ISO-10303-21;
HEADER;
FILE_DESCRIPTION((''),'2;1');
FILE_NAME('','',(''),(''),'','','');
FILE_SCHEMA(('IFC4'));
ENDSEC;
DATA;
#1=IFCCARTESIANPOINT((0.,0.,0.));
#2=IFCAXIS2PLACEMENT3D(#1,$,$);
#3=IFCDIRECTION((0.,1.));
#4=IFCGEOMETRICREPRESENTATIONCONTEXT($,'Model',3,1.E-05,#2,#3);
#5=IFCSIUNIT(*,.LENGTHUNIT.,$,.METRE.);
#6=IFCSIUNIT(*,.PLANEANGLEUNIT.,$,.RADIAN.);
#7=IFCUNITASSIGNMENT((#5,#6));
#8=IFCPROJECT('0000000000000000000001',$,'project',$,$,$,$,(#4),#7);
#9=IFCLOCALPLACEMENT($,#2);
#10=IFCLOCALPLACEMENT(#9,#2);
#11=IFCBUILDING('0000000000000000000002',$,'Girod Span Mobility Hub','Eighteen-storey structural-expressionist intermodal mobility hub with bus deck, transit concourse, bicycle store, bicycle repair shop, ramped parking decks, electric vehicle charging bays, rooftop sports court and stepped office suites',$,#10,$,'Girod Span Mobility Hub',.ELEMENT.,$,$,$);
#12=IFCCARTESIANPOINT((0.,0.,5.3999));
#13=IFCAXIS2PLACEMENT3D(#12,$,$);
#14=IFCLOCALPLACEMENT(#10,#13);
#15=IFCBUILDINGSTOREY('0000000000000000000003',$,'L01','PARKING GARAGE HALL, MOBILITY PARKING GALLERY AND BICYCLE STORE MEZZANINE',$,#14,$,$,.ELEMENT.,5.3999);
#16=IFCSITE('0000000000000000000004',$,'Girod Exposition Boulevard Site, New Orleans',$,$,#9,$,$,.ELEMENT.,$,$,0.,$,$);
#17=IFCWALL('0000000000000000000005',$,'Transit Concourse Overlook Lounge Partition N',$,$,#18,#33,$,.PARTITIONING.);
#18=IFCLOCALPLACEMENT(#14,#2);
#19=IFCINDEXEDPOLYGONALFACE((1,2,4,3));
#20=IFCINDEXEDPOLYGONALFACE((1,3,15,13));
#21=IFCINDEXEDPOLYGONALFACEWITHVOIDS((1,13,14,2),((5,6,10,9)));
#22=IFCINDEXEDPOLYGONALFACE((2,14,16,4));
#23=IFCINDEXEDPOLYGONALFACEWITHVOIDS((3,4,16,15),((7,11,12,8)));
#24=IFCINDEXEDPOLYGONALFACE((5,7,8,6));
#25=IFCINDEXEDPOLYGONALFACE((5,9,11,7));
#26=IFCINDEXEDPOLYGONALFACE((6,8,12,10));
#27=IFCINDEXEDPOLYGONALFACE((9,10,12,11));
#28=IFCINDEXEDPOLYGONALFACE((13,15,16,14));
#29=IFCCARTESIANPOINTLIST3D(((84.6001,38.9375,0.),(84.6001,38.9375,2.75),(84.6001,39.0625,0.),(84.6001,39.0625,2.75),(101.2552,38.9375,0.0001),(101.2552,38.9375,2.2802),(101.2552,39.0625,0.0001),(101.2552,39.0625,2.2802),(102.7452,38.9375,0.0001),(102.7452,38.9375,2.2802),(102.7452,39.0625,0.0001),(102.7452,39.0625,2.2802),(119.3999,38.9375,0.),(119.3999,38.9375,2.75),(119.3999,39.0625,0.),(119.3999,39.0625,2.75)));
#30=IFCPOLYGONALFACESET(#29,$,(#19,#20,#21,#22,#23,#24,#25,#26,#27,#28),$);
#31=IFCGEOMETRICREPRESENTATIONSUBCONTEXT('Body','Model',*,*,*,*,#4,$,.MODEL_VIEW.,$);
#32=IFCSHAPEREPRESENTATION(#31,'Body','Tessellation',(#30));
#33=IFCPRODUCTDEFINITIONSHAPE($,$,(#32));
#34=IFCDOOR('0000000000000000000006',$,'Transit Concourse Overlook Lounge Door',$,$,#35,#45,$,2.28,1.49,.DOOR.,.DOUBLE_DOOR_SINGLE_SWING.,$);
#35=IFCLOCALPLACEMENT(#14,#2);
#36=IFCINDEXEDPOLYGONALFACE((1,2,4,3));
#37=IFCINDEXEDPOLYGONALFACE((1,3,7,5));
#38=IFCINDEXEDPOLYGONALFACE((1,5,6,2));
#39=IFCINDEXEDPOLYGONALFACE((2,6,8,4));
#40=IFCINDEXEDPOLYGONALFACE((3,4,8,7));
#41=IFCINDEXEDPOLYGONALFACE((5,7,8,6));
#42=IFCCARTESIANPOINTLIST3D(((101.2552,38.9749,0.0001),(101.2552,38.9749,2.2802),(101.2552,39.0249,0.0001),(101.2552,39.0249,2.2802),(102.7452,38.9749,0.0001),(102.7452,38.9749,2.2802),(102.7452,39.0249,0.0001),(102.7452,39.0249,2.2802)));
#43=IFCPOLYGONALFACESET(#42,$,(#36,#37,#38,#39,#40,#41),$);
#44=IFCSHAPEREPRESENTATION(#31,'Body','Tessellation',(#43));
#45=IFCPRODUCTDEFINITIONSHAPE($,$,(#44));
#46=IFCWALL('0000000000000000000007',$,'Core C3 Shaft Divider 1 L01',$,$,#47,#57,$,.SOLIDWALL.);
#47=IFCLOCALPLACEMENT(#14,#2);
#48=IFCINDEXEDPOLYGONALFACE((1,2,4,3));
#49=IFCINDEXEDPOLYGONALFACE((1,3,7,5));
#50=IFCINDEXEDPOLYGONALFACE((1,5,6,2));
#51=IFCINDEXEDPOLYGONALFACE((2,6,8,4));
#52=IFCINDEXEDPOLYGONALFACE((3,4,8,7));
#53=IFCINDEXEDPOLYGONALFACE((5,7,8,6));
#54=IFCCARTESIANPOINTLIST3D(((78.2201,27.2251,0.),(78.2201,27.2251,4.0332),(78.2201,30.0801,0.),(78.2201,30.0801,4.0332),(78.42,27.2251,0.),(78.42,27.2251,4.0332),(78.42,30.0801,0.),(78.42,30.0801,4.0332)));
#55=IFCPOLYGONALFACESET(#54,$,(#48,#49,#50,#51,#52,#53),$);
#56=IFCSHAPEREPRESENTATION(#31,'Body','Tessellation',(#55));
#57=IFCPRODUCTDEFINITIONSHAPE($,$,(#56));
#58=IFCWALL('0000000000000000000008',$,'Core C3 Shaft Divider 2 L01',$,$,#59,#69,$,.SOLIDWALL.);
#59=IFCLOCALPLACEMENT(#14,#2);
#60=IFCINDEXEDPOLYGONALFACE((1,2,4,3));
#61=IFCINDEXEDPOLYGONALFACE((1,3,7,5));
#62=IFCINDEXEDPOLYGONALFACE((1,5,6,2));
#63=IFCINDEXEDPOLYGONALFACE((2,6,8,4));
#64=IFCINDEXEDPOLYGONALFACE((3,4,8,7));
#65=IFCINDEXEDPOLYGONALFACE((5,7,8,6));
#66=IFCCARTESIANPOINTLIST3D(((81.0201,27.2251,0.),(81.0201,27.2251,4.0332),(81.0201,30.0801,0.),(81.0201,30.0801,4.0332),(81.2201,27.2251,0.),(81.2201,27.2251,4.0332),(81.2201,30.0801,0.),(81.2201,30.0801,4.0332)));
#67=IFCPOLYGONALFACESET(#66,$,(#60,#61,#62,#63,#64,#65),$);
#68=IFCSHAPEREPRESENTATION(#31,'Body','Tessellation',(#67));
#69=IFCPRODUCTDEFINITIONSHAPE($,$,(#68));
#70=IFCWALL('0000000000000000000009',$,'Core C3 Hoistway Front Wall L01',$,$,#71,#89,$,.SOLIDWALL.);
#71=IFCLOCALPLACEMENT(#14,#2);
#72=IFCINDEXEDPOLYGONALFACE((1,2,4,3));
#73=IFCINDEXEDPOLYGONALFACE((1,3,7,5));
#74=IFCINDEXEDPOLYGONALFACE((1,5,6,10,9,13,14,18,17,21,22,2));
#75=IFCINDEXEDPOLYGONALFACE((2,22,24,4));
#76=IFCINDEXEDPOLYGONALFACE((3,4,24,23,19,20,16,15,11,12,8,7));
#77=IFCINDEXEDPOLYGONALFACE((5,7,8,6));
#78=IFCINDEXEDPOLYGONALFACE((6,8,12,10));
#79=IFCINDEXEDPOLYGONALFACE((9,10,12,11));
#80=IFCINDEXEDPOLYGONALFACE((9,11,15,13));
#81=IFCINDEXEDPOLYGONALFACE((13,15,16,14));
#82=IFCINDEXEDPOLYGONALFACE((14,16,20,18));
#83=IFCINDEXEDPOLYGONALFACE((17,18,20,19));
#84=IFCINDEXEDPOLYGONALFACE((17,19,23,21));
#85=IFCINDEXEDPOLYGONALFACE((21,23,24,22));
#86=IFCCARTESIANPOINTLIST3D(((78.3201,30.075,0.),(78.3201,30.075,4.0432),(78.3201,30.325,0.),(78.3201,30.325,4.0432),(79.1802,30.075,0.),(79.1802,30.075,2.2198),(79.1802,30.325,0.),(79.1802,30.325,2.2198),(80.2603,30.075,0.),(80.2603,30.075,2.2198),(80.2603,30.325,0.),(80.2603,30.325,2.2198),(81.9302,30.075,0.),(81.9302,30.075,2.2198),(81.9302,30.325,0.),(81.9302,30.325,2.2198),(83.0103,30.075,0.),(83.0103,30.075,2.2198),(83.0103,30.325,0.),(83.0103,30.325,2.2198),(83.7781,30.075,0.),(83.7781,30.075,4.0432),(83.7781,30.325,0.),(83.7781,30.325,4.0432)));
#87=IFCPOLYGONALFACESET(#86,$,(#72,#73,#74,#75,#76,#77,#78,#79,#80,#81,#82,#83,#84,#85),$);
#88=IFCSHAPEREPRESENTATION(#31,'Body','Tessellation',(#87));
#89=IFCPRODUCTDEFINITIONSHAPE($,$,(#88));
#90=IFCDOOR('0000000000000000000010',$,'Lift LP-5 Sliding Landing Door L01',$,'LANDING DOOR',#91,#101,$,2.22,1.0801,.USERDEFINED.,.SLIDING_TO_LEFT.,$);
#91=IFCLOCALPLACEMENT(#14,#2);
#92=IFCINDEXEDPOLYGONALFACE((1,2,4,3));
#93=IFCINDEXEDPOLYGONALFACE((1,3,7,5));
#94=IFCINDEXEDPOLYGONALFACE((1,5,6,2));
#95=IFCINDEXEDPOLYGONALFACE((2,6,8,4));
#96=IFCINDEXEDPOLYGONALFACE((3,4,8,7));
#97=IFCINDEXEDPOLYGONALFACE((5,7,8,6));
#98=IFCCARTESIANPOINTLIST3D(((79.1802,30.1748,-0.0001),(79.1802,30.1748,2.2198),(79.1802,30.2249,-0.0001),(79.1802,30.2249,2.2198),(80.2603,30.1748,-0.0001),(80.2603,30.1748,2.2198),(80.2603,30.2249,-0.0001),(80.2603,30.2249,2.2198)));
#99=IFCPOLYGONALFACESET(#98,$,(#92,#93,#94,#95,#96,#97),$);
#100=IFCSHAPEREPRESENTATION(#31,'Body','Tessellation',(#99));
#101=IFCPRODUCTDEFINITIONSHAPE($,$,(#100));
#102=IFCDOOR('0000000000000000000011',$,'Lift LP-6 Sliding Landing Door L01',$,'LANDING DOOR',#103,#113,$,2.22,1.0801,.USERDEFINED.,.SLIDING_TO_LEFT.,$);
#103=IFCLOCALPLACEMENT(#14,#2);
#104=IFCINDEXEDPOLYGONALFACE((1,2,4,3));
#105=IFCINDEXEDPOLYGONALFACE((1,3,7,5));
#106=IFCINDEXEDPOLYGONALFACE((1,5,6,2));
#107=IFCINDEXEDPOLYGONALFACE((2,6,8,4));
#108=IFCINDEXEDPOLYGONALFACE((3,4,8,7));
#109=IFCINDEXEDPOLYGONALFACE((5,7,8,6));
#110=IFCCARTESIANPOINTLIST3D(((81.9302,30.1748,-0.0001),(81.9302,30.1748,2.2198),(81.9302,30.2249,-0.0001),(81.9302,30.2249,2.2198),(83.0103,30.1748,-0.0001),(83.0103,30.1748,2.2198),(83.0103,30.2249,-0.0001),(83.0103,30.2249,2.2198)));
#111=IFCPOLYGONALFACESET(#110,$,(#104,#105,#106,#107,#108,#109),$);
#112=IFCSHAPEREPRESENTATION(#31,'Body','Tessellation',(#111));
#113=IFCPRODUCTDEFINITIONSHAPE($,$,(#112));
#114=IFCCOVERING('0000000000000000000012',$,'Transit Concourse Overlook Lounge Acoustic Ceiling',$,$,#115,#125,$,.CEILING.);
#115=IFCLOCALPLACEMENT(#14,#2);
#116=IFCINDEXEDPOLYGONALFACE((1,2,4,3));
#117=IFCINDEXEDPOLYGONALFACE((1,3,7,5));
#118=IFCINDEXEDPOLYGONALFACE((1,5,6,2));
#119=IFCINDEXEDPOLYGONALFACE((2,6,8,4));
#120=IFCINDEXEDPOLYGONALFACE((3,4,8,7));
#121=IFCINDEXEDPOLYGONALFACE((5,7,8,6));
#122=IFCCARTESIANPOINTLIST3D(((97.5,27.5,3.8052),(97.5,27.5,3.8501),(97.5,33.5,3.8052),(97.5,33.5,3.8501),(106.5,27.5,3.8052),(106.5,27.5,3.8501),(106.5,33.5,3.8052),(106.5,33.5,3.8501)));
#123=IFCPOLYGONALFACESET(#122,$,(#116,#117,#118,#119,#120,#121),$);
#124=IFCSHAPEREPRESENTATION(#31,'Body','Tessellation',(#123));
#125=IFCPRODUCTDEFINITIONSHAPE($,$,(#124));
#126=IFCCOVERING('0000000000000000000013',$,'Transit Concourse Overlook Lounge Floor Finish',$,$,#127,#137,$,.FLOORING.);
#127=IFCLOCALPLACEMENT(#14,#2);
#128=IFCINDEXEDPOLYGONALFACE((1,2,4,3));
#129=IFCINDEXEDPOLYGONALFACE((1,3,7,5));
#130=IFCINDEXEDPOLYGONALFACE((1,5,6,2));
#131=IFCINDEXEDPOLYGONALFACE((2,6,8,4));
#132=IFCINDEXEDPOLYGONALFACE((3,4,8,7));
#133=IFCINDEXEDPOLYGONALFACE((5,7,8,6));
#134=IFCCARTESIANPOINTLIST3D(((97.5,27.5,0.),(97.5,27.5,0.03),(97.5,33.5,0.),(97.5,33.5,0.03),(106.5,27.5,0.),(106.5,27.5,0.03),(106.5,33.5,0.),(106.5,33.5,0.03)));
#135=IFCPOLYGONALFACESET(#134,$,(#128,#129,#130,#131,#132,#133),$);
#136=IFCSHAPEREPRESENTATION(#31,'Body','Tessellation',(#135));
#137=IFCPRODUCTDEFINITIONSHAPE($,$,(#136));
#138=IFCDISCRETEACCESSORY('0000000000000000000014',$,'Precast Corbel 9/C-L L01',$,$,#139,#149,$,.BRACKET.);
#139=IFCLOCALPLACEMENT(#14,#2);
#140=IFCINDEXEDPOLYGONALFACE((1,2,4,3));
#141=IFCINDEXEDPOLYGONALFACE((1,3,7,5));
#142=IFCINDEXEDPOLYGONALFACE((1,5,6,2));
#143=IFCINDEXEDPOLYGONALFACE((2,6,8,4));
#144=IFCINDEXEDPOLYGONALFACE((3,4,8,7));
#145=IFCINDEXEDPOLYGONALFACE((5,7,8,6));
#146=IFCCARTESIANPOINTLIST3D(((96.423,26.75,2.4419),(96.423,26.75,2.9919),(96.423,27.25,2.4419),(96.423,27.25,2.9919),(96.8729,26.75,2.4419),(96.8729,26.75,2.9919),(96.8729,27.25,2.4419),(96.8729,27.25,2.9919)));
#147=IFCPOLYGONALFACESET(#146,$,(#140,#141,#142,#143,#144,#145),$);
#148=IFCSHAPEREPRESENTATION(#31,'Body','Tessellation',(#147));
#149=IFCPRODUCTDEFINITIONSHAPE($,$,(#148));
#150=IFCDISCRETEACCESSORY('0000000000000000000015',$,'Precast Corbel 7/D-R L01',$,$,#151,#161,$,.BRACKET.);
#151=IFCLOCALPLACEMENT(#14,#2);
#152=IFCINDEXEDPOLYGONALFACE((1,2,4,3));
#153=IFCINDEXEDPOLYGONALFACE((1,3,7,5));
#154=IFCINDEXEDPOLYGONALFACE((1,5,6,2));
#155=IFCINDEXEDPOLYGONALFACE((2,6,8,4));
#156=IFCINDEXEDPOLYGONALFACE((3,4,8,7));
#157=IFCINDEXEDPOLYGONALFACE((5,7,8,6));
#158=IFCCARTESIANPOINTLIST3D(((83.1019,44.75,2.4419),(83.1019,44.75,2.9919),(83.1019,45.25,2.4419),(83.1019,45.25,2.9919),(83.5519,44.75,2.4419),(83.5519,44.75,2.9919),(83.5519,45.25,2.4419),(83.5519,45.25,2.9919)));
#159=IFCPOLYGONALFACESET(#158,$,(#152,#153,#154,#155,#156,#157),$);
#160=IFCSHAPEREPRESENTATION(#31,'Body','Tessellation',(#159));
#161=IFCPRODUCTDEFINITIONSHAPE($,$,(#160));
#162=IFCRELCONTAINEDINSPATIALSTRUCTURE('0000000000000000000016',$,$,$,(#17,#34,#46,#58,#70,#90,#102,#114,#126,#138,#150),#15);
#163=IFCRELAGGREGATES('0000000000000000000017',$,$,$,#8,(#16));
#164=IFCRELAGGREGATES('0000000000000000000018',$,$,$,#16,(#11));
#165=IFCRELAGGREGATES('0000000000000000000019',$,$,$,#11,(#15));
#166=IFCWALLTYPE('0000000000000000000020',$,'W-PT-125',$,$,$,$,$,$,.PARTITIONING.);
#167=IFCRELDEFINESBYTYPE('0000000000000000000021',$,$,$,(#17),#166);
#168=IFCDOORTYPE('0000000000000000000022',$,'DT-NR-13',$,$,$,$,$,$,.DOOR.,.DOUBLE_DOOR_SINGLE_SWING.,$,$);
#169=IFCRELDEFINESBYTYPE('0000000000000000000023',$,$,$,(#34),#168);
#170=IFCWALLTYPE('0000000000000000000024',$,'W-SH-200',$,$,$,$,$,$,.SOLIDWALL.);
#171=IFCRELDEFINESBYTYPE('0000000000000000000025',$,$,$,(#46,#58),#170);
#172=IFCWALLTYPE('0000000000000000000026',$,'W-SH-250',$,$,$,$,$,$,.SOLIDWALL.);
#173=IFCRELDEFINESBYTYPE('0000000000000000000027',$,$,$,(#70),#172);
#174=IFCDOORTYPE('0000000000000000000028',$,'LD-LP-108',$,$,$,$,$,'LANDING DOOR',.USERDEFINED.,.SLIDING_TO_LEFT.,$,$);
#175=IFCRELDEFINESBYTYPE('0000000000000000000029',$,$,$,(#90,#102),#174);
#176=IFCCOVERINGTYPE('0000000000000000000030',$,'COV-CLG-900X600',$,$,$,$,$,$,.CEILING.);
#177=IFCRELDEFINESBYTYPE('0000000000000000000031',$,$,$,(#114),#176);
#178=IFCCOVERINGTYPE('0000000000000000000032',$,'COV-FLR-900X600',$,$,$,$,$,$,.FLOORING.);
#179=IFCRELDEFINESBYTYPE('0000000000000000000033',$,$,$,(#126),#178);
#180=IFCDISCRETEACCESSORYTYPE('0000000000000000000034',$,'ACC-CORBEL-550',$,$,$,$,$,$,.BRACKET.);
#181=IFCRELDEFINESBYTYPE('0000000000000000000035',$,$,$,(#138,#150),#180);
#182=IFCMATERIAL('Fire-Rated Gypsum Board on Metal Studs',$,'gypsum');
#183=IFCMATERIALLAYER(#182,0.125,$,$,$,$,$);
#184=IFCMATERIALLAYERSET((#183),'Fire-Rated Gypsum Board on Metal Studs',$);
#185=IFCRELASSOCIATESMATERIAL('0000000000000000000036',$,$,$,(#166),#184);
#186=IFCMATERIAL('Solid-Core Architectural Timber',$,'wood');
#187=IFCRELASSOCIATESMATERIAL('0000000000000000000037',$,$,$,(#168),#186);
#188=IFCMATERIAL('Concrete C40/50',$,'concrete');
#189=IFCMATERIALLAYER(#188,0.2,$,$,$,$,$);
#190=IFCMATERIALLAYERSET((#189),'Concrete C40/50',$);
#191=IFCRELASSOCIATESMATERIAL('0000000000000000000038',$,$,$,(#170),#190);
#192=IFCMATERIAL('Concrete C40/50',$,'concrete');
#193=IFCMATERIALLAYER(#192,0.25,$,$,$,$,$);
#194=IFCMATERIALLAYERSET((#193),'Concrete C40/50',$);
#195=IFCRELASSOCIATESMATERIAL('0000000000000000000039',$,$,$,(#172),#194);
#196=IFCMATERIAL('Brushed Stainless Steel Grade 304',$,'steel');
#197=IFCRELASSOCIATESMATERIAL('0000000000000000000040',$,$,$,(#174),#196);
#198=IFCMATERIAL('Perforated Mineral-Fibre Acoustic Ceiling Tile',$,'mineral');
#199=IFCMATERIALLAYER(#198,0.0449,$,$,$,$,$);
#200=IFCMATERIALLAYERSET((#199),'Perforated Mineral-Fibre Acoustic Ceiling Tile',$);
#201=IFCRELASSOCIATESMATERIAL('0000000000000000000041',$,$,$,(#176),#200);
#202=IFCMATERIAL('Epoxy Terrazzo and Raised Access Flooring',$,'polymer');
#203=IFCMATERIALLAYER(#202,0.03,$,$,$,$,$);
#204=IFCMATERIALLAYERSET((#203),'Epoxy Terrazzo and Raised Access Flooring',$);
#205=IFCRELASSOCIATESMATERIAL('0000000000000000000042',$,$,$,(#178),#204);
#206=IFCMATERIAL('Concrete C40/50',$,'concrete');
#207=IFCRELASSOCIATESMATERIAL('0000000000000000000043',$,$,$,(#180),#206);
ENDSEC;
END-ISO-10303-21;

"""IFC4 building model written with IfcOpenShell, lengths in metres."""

from ifc_helpers import new_model, si_unit, direction, frame, frame_2d, origin, origin_2d, place, context, subcontext, project, spatial, rectangle, extrude, material, layer, layer_set, type_object, element, fill, save


model = new_model("IFC4")

# Units and contexts
model_context = context("Model", 3, precision=1e-05, world=origin(), true_north=direction((0.0, 1.0)))
body_context = subcontext(model_context, "Body", "Model", "MODEL_VIEW")
ifc_project = project(units=[si_unit("LENGTHUNIT", "METRE"), si_unit("PLANEANGLEUNIT", "RADIAN")], contexts=[model_context])

# Site, building, storey
site_placement = place(None, origin())
site = spatial("IfcSite", under=ifc_project, at=site_placement, Name="Girod Exposition Boulevard Site, New Orleans", CompositionType="ELEMENT", RefElevation=0.0)
building_placement = place(site_placement, origin())
building = spatial("IfcBuilding", under=site, at=building_placement, Name="Girod Span Mobility Hub", Description="Eighteen-storey structural-expressionist intermodal mobility hub with bus deck, transit concourse, bicycle store, bicycle repair shop, ramped parking decks, electric vehicle charging bays, rooftop sports court and stepped office suites", LongName="Girod Span Mobility Hub", CompositionType="ELEMENT")
storey_placement = place(building_placement, frame((0.0, 0.0, 5.3999)))
storey = spatial("IfcBuildingStorey", under=building, at=storey_placement, Name="L01", Description="PARKING GARAGE HALL, MOBILITY PARKING GALLERY AND BICYCLE STORE MEZZANINE", CompositionType="ELEMENT", Elevation=5.3999)

# Wall, opening, door
ifc_material_1 = material(Name="Fire-Rated Gypsum Board on Metal Studs", Category="gypsum")
ifc_layer_1 = layer(ifc_material_1, 0.125)
ifc_layer_set_1 = layer_set([ifc_layer_1], Name="Fire-Rated Gypsum Board on Metal Studs")
wall_type_1 = type_object("IfcWallType", Name="W-PT-125", PredefinedType="PARTITIONING", material=ifc_layer_set_1)
wall_1_placement = place(storey_placement, frame((84.6001, 39.0, 0.0), z_axis=(0.0, 0.0, 1.0), x_axis=(1.0, 0.0, 0.0)))
wall_1 = element("IfcWall", 1, at=wall_1_placement, inside=storey, type_object=wall_type_1, Name="Transit Concourse Overlook Lounge Partition N", PredefinedType="PARTITIONING", context=body_context, shape_type="SweptSolid", body=[
    extrude(rectangle(XDim=34.7998, YDim=0.125, at=frame_2d((17.3999, 0.0))), origin(), (0.0, 0.0, 1.0), 2.75),
])
opening_1_placement = place(wall_1_placement, frame((16.655, 0.0, 0.0)))
opening_1 = element("IfcOpeningElement", 2, at=opening_1_placement, cuts=wall_1, PredefinedType="OPENING", context=body_context, shape_type="SweptSolid", body=[
    extrude(rectangle(XDim=1.49, YDim=2.28, at=frame_2d((0.7451, 1.1401))), frame((0.0, 0.0774, 0.0), z_axis=(0.0, -1.0, 0.0), x_axis=(1.0, 0.0, 0.0)), (0.0, 0.0, 1.0), 0.155),
])
ifc_material_2 = material(Name="Solid-Core Architectural Timber", Category="wood")
door_type_1 = type_object("IfcDoorType", Name="DT-NR-13", OperationType="DOUBLE_DOOR_SINGLE_SWING", PredefinedType="DOOR", material=ifc_material_2)
door_1_placement = place(opening_1_placement, origin())
door_1 = element("IfcDoor", 3, at=door_1_placement, inside=storey, type_object=door_type_1, Name="Transit Concourse Overlook Lounge Door", OperationType="DOUBLE_DOOR_SINGLE_SWING", OverallHeight=2.28, OverallWidth=1.49, PredefinedType="DOOR", context=body_context, shape_type="SweptSolid", body=[
    extrude(rectangle(XDim=1.49, YDim=2.28, at=frame_2d((0.7451, 1.1401))), frame((0.0, 0.0249, 0.0), z_axis=(0.0, -1.0, 0.0), x_axis=(1.0, 0.0, 0.0)), (0.0, 0.0, 1.0), 0.05),
])
fill(opening_1, door_1)

# Walls
ifc_material_3 = material(Name="Concrete C40/50", Category="concrete")
ifc_layer_2 = layer(ifc_material_3, 0.2)
ifc_layer_set_2 = layer_set([ifc_layer_2], Name="Concrete C40/50")
wall_type_2 = type_object("IfcWallType", Name="W-SH-200", PredefinedType="SOLIDWALL", material=ifc_layer_set_2)
for number, where, z_axis, x_axis, name in (
    (4, (78.3201, 27.2251, 0.0), (0.0, 0.0, 1.0), (0.0, 1.0, 0.0), "Core C3 Shaft Divider 1 L01"),
    (5, (81.1201, 27.2251, 0.0), (0.0, 0.0, 1.0), (0.0, 1.0, 0.0), "Core C3 Shaft Divider 2 L01"),
):
    element("IfcWall", number, at=place(storey_placement, frame(where, z_axis=z_axis, x_axis=x_axis)), inside=storey, type_object=wall_type_2, Name=name, PredefinedType="SOLIDWALL", context=body_context, shape_type="SweptSolid", body=[
        extrude(rectangle(XDim=2.855, YDim=0.2, at=frame_2d((1.4275, 0.0))), origin(), (0.0, 0.0, 1.0), 4.0332),
    ])

# Wall, openings, doors
ifc_material_4 = material(Name="Concrete C40/50", Category="concrete")
ifc_layer_3 = layer(ifc_material_4, 0.25)
ifc_layer_set_3 = layer_set([ifc_layer_3], Name="Concrete C40/50")
wall_type_3 = type_object("IfcWallType", Name="W-SH-250", PredefinedType="SOLIDWALL", material=ifc_layer_set_3)
wall_2_placement = place(storey_placement, frame((78.3201, 30.2, 0.0), z_axis=(0.0, 0.0, 1.0), x_axis=(1.0, 0.0, 0.0)))
wall_2 = element("IfcWall", 6, at=wall_2_placement, inside=storey, type_object=wall_type_3, Name="Core C3 Hoistway Front Wall L01", PredefinedType="SOLIDWALL", context=body_context, shape_type="SweptSolid", body=[
    extrude(rectangle(XDim=5.458, YDim=0.25, at=frame_2d((2.729, 0.0))), origin(), (0.0, 0.0, 1.0), 4.0432),
])
opening_2_placement = place(wall_2_placement, frame((0.8601, 0.0, 0.0)))
opening_2 = element("IfcOpeningElement", 7, at=opening_2_placement, cuts=wall_2, PredefinedType="OPENING", context=body_context, shape_type="SweptSolid", body=[
    extrude(rectangle(XDim=1.0801, YDim=2.22, at=frame_2d((0.54, 1.1099))), frame((0.0, 0.1399, 0.0), z_axis=(0.0, -1.0, 0.0), x_axis=(1.0, 0.0, 0.0)), (0.0, 0.0, 1.0), 0.28),
])
opening_3_placement = place(wall_2_placement, frame((3.6101, 0.0, 0.0)))
opening_3 = element("IfcOpeningElement", 8, at=opening_3_placement, cuts=wall_2, PredefinedType="OPENING", context=body_context, shape_type="SweptSolid", body=[
    extrude(rectangle(XDim=1.0801, YDim=2.22, at=frame_2d((0.54, 1.1099))), frame((0.0, 0.1399, 0.0), z_axis=(0.0, -1.0, 0.0), x_axis=(1.0, 0.0, 0.0)), (0.0, 0.0, 1.0), 0.28),
])
ifc_material_5 = material(Name="Brushed Stainless Steel Grade 304", Category="steel")
door_type_2 = type_object("IfcDoorType", Name="LD-LP-108", ElementType="LANDING DOOR", OperationType="SLIDING_TO_LEFT", PredefinedType="USERDEFINED", material=ifc_material_5)
door_2_placement = place(opening_2_placement, origin())
door_2 = element("IfcDoor", 9, at=door_2_placement, inside=storey, type_object=door_type_2, Name="Lift LP-5 Sliding Landing Door L01", ObjectType="LANDING DOOR", OperationType="SLIDING_TO_LEFT", OverallHeight=2.22, OverallWidth=1.0801, PredefinedType="USERDEFINED", context=body_context, shape_type="SweptSolid", body=[
    extrude(rectangle(XDim=1.0801, YDim=2.22, at=frame_2d((0.54, 1.1099))), frame((0.0, 0.0249, 0.0), z_axis=(0.0, -1.0, 0.0), x_axis=(1.0, 0.0, 0.0)), (0.0, 0.0, 1.0), 0.05),
])
fill(opening_2, door_2)
door_3_placement = place(opening_3_placement, origin())
door_3 = element("IfcDoor", 10, at=door_3_placement, inside=storey, type_object=door_type_2, Name="Lift LP-6 Sliding Landing Door L01", ObjectType="LANDING DOOR", OperationType="SLIDING_TO_LEFT", OverallHeight=2.22, OverallWidth=1.0801, PredefinedType="USERDEFINED", context=body_context, shape_type="SweptSolid", body=[
    extrude(rectangle(XDim=1.0801, YDim=2.22, at=frame_2d((0.54, 1.1099))), frame((0.0, 0.0249, 0.0), z_axis=(0.0, -1.0, 0.0), x_axis=(1.0, 0.0, 0.0)), (0.0, 0.0, 1.0), 0.05),
])
fill(opening_3, door_3)

# Coverings
ifc_material_6 = material(Name="Perforated Mineral-Fibre Acoustic Ceiling Tile", Category="mineral")
ifc_layer_4 = layer(ifc_material_6, 0.0449)
ifc_layer_set_4 = layer_set([ifc_layer_4], Name="Perforated Mineral-Fibre Acoustic Ceiling Tile")
covering_type_1 = type_object("IfcCoveringType", Name="COV-CLG-900X600", PredefinedType="CEILING", material=ifc_layer_set_4)
covering_1_placement = place(storey_placement, frame((102.0, 30.5, 3.8052), z_axis=(0.0, 0.0, 1.0), x_axis=(1.0, 0.0, 0.0)))
element("IfcCovering", 11, at=covering_1_placement, inside=storey, type_object=covering_type_1, Name="Transit Concourse Overlook Lounge Acoustic Ceiling", PredefinedType="CEILING", context=body_context, shape_type="SweptSolid", body=[
    extrude(rectangle(XDim=9.0, YDim=6.0, at=origin_2d()), origin(), (0.0, 0.0, 1.0), 0.0449),
])
ifc_material_7 = material(Name="Epoxy Terrazzo and Raised Access Flooring", Category="polymer")
ifc_layer_5 = layer(ifc_material_7, 0.03)
ifc_layer_set_5 = layer_set([ifc_layer_5], Name="Epoxy Terrazzo and Raised Access Flooring")
covering_type_2 = type_object("IfcCoveringType", Name="COV-FLR-900X600", PredefinedType="FLOORING", material=ifc_layer_set_5)
covering_2_placement = place(storey_placement, frame((102.0, 30.5, 0.0), z_axis=(0.0, 0.0, 1.0), x_axis=(1.0, 0.0, 0.0)))
element("IfcCovering", 12, at=covering_2_placement, inside=storey, type_object=covering_type_2, Name="Transit Concourse Overlook Lounge Floor Finish", PredefinedType="FLOORING", context=body_context, shape_type="SweptSolid", body=[
    extrude(rectangle(XDim=9.0, YDim=6.0, at=origin_2d()), origin(), (0.0, 0.0, 1.0), 0.03),
])

# Discrete accessories
ifc_material_8 = material(Name="Concrete C40/50", Category="concrete")
discrete_accessory_type = type_object("IfcDiscreteAccessoryType", Name="ACC-CORBEL-550", PredefinedType="BRACKET", material=ifc_material_8)
for number, where, z_axis, x_axis, name in (
    (13, (96.6479, 27.0, 2.4419), (0.0, 0.0, 1.0), (1.0, 0.0, 0.0), "Precast Corbel 9/C-L L01"),
    (14, (83.3269, 45.0, 2.4419), (0.0, 0.0, 1.0), (1.0, 0.0, 0.0), "Precast Corbel 7/D-R L01"),
):
    element("IfcDiscreteAccessory", number, at=place(storey_placement, frame(where, z_axis=z_axis, x_axis=x_axis)), inside=storey, type_object=discrete_accessory_type, Name=name, PredefinedType="BRACKET", context=body_context, shape_type="SweptSolid", body=[
        extrude(rectangle(XDim=0.45, YDim=0.5, at=origin_2d()), origin(), (0.0, 0.0, 1.0), 0.55),
    ])

save(model, "model.ifc")
